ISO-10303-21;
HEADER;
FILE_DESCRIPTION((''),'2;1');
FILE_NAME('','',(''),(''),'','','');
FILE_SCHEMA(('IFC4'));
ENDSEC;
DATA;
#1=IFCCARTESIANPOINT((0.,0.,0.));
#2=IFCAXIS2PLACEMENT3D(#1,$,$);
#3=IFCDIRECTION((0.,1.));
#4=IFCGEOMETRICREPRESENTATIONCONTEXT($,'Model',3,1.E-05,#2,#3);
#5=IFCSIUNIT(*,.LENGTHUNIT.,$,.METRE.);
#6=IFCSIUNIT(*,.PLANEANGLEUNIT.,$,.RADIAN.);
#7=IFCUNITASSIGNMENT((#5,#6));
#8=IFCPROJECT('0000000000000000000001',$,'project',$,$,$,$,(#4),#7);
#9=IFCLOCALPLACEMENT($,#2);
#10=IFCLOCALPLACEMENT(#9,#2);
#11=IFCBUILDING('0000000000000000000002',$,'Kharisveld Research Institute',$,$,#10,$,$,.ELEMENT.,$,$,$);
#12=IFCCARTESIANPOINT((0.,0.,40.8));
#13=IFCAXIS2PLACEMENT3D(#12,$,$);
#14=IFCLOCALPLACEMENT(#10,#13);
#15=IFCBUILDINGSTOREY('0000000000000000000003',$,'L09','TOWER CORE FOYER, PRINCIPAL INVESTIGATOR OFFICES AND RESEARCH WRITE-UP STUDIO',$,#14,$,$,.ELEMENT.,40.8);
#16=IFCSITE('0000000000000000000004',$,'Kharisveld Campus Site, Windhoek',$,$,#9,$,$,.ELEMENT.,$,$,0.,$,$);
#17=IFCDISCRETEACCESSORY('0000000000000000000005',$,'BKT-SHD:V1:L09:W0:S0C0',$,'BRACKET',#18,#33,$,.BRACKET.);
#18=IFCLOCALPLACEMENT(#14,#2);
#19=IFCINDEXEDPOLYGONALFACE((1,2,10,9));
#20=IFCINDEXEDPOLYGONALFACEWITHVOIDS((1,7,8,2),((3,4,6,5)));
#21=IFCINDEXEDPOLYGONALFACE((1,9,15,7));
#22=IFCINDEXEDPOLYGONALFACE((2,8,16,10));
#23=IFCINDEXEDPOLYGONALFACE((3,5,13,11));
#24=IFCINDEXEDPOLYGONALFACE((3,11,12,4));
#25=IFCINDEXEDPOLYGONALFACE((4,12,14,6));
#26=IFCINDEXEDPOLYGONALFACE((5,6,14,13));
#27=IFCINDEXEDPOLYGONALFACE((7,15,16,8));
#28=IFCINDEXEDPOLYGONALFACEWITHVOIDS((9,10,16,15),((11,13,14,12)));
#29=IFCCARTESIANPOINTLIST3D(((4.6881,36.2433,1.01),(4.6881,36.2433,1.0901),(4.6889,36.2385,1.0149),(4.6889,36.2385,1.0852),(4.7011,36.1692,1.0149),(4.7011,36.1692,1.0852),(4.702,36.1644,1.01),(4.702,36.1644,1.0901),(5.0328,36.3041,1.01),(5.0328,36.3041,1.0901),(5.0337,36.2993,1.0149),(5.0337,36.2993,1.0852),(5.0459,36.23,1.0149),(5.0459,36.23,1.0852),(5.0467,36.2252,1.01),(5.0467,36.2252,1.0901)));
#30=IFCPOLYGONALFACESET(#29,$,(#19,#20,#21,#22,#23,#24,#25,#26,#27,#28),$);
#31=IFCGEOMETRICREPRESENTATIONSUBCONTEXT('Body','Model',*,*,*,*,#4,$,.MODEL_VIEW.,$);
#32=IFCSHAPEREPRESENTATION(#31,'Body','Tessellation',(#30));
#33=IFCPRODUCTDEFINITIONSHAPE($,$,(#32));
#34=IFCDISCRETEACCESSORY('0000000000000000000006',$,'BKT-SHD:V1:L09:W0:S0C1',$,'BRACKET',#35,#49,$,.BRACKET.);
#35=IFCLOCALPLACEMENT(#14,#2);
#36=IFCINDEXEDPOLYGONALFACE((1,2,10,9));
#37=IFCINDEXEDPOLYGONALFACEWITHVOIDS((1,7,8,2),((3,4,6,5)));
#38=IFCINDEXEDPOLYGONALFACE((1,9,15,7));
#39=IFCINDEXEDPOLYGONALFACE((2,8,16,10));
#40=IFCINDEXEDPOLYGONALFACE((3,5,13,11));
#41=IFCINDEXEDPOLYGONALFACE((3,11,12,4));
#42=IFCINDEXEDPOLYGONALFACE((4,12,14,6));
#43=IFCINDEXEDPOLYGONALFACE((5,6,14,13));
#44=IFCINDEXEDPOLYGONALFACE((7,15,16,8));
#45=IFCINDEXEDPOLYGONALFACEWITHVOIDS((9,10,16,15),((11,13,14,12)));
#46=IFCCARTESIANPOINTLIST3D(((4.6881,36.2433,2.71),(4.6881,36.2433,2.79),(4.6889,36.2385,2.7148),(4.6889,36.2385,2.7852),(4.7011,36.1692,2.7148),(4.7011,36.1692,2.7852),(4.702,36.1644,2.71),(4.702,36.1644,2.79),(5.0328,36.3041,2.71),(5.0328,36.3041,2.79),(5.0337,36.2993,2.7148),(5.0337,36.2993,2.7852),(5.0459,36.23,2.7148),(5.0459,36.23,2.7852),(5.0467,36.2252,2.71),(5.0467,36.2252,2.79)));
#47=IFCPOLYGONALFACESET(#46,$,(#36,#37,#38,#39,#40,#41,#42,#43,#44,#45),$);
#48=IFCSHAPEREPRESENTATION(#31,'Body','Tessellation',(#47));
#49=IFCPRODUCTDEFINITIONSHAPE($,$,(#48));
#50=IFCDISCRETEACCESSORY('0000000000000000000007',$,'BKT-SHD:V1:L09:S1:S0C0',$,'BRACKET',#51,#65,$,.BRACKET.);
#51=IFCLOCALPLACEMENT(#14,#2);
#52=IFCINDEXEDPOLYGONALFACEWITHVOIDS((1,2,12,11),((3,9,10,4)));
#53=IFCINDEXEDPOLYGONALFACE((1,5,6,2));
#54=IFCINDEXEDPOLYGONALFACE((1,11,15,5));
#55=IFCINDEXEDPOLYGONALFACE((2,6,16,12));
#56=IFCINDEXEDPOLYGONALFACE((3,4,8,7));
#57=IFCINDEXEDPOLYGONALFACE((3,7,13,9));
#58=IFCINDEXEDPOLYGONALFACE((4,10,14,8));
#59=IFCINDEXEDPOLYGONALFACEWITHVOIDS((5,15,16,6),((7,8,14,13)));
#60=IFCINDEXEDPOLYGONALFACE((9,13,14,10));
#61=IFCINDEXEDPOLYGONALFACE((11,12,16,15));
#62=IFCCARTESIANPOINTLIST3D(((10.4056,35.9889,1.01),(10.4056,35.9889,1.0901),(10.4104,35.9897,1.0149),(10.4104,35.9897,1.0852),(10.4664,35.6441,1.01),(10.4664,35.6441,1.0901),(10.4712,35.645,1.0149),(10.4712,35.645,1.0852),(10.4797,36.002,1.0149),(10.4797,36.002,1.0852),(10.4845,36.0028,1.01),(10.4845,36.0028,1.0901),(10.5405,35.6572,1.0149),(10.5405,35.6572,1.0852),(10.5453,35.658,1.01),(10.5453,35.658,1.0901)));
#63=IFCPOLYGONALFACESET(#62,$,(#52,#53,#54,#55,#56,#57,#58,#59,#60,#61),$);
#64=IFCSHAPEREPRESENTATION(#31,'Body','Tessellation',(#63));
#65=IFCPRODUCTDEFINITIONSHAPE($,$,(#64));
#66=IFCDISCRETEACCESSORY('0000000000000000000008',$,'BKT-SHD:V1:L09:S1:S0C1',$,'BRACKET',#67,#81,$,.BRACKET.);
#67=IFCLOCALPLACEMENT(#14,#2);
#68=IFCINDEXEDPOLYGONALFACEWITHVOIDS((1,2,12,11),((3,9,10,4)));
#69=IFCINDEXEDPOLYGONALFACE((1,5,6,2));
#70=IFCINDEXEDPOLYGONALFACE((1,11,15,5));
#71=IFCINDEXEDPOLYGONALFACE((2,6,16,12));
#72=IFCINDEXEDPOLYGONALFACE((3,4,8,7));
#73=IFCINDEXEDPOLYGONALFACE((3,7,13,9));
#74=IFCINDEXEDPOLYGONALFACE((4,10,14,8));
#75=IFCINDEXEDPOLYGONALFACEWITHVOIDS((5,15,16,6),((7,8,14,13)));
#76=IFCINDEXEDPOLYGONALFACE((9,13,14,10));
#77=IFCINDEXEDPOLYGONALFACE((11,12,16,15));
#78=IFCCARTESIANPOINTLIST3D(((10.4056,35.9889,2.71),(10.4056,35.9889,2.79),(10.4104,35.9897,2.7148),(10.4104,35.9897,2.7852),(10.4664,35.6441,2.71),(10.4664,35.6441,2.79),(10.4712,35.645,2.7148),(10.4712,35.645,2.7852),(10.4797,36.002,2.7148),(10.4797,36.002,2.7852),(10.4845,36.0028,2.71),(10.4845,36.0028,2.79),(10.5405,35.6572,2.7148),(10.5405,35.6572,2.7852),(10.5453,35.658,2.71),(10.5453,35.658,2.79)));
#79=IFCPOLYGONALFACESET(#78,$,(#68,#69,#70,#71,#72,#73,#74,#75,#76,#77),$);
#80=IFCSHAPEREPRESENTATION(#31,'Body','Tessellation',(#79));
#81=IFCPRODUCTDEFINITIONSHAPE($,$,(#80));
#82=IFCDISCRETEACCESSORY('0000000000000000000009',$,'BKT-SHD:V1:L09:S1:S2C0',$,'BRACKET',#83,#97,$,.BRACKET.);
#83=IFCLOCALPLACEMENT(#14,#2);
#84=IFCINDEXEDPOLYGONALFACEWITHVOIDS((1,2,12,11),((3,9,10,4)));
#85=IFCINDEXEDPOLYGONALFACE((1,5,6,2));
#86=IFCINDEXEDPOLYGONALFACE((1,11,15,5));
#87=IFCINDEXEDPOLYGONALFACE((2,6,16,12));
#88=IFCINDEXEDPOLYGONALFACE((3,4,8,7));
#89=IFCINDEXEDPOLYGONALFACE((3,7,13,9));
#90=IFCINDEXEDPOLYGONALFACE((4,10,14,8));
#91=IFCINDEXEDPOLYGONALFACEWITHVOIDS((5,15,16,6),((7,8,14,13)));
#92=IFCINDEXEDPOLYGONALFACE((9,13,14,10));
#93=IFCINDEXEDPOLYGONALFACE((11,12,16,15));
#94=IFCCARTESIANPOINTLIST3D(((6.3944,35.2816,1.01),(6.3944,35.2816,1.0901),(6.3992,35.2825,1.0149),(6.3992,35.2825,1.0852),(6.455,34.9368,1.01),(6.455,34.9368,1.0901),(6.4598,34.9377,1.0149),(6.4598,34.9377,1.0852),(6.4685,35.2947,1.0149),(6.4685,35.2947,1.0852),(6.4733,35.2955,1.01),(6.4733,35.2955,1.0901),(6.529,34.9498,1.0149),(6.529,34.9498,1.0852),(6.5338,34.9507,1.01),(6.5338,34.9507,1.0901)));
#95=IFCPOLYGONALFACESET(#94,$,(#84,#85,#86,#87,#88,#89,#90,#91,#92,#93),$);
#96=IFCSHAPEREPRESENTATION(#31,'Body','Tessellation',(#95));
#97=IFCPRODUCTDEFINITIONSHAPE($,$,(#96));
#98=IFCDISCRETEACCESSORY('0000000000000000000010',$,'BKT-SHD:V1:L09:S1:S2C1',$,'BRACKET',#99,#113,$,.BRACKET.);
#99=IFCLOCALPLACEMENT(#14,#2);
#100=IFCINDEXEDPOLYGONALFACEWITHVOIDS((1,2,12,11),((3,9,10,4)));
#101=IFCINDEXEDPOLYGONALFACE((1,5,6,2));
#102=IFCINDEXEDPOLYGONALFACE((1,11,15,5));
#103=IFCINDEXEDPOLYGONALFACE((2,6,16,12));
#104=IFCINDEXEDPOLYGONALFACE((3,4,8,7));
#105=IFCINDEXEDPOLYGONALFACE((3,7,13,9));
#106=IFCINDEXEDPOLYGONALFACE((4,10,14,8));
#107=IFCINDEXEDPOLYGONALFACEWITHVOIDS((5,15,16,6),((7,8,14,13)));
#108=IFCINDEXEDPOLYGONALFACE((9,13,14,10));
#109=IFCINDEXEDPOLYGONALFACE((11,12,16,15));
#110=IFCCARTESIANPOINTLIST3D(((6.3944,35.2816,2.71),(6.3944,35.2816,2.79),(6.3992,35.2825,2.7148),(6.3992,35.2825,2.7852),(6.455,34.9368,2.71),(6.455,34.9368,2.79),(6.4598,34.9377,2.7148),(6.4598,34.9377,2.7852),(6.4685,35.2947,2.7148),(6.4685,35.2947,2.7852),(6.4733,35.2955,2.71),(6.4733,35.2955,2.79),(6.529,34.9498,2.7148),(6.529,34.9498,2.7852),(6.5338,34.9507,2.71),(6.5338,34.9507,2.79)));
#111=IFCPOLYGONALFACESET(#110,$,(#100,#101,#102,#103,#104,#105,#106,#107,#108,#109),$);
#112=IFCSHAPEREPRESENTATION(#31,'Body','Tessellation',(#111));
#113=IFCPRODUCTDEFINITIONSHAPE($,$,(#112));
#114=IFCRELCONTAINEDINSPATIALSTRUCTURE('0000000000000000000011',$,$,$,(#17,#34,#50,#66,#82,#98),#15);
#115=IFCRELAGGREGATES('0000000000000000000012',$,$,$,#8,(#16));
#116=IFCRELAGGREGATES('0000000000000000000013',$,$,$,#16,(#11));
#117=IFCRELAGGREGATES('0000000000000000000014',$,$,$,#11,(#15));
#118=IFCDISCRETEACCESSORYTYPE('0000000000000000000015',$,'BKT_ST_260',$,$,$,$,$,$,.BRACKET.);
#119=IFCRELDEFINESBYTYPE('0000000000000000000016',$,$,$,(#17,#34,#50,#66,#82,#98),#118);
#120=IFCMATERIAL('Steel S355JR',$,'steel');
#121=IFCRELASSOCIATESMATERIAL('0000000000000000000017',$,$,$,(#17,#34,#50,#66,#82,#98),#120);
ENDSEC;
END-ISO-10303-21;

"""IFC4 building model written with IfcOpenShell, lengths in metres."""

from ifc_helpers import new_model, si_unit, direction, frame, origin, origin_2d, place, context, subcontext, project, spatial, hollow_rectangle, extrude, material, type_object, element, save


model = new_model("IFC4")

# Units and contexts
model_context = context("Model", 3, precision=1e-05, world=origin(), true_north=direction((0.0, 1.0)))
body_context = subcontext(model_context, "Body", "Model", "MODEL_VIEW")
ifc_project = project(units=[si_unit("LENGTHUNIT", "METRE"), si_unit("PLANEANGLEUNIT", "RADIAN")], contexts=[model_context])

# Site, building, storey
site_placement = place(None, origin())
site = spatial("IfcSite", under=ifc_project, at=site_placement, Name="Kharisveld Campus Site, Windhoek", CompositionType="ELEMENT", RefElevation=0.0)
building_placement = place(site_placement, origin())
building = spatial("IfcBuilding", under=site, at=building_placement, Name="Kharisveld Research Institute", CompositionType="ELEMENT")
storey_placement = place(building_placement, frame((0.0, 0.0, 40.8)))
storey = spatial("IfcBuildingStorey", under=building, at=storey_placement, Name="L09", Description="TOWER CORE FOYER, PRINCIPAL INVESTIGATOR OFFICES AND RESEARCH WRITE-UP STUDIO", CompositionType="ELEMENT", Elevation=40.8)

# Discrete accessories
ifc_material_1 = material(Name="Steel S355JR", Category="steel")
discrete_accessory_type = type_object("IfcDiscreteAccessoryType", Name="BKT_ST_260", PredefinedType="BRACKET")
for number, where, z_axis, x_axis, name in (
    (1, (5.0398, 36.2646, 1.05), (-0.984805, -0.173666, 0.0), (0.173666, -0.984805, 0.0), "BKT-SHD:V1:L09:W0:S0C0"),
    (2, (5.0398, 36.2646, 2.75), (-0.984805, -0.173666, 0.0), (0.173666, -0.984805, 0.0), "BKT-SHD:V1:L09:W0:S0C1"),
    (3, (10.4451, 35.9958, 1.05), (0.173666, -0.984805, 0.0), (0.984805, 0.173666, 0.0), "BKT-SHD:V1:L09:S1:S0C0"),
    (4, (10.4451, 35.9958, 2.75), (0.173666, -0.984805, 0.0), (0.984805, 0.173666, 0.0), "BKT-SHD:V1:L09:S1:S0C1"),
    (5, (6.4338, 35.2886, 1.05), (0.172989, -0.984924, 0.0), (0.984924, 0.172989, 0.0), "BKT-SHD:V1:L09:S1:S2C0"),
    (6, (6.4338, 35.2886, 2.75), (0.172989, -0.984924, 0.0), (0.984924, 0.172989, 0.0), "BKT-SHD:V1:L09:S1:S2C1"),
):
    element("IfcDiscreteAccessory", number, at=place(storey_placement, frame(where, z_axis=z_axis, x_axis=x_axis)), inside=storey, type_object=discrete_accessory_type, material=ifc_material_1, Name=name, ObjectType="BRACKET", PredefinedType="BRACKET", context=body_context, shape_type="SweptSolid", body=[
        extrude(hollow_rectangle(XDim=0.0801, YDim=0.0801, WallThickness=0.0049, at=origin_2d()), origin(), (0.0, 0.0, 1.0), 0.3501),
    ])

save(model, "model.ifc")
